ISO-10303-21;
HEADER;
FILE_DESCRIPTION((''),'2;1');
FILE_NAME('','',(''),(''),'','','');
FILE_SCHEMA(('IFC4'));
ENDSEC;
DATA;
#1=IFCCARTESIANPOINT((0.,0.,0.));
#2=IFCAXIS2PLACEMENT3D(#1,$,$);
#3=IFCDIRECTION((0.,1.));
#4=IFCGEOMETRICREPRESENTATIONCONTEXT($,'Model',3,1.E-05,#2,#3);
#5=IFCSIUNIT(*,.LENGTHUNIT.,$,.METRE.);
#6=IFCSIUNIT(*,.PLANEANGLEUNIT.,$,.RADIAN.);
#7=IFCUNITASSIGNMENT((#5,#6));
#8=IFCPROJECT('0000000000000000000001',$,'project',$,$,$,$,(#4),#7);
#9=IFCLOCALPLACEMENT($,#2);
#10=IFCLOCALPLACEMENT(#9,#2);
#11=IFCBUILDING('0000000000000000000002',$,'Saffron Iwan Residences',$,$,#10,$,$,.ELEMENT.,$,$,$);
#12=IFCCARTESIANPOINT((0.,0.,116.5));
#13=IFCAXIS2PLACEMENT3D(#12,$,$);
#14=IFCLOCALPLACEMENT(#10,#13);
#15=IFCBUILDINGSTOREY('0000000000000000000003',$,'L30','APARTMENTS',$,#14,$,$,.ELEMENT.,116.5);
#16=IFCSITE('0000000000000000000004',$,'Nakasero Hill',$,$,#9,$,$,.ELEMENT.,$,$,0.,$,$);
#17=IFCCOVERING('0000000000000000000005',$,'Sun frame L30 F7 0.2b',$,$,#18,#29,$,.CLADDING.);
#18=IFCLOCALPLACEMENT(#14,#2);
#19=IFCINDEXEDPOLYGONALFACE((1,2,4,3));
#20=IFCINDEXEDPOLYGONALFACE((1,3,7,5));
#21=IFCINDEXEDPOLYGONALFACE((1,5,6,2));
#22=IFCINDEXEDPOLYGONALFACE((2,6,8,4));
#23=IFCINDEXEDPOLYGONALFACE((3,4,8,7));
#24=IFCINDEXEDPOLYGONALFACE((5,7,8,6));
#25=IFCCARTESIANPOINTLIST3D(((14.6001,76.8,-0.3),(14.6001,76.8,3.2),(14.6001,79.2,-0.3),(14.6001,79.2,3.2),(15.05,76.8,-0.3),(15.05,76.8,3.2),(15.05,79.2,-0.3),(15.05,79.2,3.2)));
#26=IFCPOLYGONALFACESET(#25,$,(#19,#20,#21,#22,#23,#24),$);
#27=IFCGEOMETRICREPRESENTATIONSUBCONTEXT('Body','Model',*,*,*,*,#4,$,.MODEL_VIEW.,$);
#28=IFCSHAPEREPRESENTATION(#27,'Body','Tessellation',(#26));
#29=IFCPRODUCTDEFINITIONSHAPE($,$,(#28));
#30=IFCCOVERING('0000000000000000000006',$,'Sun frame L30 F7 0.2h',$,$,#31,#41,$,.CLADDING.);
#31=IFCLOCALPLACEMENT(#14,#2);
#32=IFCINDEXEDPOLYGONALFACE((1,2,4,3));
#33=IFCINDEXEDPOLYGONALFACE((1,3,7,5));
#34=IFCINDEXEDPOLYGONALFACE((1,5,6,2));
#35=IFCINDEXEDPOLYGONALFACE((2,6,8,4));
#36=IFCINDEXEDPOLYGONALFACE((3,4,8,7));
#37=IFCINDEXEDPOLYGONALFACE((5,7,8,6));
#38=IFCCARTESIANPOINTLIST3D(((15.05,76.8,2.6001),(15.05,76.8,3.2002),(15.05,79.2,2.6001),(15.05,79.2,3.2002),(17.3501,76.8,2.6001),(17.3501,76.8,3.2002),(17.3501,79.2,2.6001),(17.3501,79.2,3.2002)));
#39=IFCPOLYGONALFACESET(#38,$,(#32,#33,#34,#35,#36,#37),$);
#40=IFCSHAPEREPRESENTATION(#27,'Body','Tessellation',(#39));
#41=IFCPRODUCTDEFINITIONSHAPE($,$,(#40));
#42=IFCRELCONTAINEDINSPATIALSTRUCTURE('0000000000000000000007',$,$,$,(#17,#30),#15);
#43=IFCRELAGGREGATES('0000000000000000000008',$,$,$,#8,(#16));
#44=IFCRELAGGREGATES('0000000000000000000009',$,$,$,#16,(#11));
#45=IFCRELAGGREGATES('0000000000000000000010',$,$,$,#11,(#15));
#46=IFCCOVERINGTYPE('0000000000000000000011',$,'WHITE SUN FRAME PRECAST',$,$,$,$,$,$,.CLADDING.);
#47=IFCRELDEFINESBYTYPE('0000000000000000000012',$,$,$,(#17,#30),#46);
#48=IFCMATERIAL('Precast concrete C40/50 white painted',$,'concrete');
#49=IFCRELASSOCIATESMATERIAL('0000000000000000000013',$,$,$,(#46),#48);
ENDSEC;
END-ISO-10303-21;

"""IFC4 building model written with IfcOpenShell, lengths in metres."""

from ifc_helpers import new_model, si_unit, direction, frame, origin, place, context, subcontext, project, spatial, polyline, outline, extrude, material, type_object, element, save


model = new_model("IFC4")

# Units and contexts
model_context = context("Model", 3, precision=1e-05, world=origin(), true_north=direction((0.0, 1.0)))
body_context = subcontext(model_context, "Body", "Model", "MODEL_VIEW")
ifc_project = project(units=[si_unit("LENGTHUNIT", "METRE"), si_unit("PLANEANGLEUNIT", "RADIAN")], contexts=[model_context])

# Site, building, storey
site_placement = place(None, origin())
site = spatial("IfcSite", under=ifc_project, at=site_placement, Name="Nakasero Hill", CompositionType="ELEMENT", RefElevation=0.0)
building_placement = place(site_placement, origin())
building = spatial("IfcBuilding", under=site, at=building_placement, Name="Saffron Iwan Residences", CompositionType="ELEMENT")
storey_placement = place(building_placement, frame((0.0, 0.0, 116.5)))
storey = spatial("IfcBuildingStorey", under=building, at=storey_placement, Name="L30", Description="APARTMENTS", CompositionType="ELEMENT", Elevation=116.5)

# Coverings
ifc_material_1 = material(Name="Precast concrete C40/50 white painted", Category="concrete")
covering_type_1 = type_object("IfcCoveringType", Name="WHITE SUN FRAME PRECAST", PredefinedType="CLADDING", material=ifc_material_1)
covering_1_placement = place(storey_placement, frame((15.05, 76.8, -0.3), z_axis=(0.0, 1.0, 0.0), x_axis=(-1.0, 0.0, 0.0)))
element("IfcCovering", 1, at=covering_1_placement, inside=storey, type_object=covering_type_1, Name="Sun frame L30 F7 0.2b", PredefinedType="CLADDING", context=body_context, shape_type="SweptSolid", body=[
    extrude(outline(polyline([(0.0, 0.0), (0.45, 0.0), (0.45, 3.5), (0.0, 3.5), (0.0, 0.0)])), origin(), (0.0, 0.0, 1.0), 2.3999),
])
covering_2_placement = place(storey_placement, frame((17.3501, 76.8, 2.6001), z_axis=(0.0, 1.0, 0.0), x_axis=(-1.0, 0.0, 0.0)))
element("IfcCovering", 2, at=covering_2_placement, inside=storey, type_object=covering_type_1, Name="Sun frame L30 F7 0.2h", PredefinedType="CLADDING", context=body_context, shape_type="SweptSolid", body=[
    extrude(outline(polyline([(0.0, 0.0), (2.3, 0.0), (2.3, 0.6001), (0.0, 0.6001), (0.0, 0.0)])), origin(), (0.0, 0.0, 1.0), 2.3999),
])

save(model, "model.ifc")
